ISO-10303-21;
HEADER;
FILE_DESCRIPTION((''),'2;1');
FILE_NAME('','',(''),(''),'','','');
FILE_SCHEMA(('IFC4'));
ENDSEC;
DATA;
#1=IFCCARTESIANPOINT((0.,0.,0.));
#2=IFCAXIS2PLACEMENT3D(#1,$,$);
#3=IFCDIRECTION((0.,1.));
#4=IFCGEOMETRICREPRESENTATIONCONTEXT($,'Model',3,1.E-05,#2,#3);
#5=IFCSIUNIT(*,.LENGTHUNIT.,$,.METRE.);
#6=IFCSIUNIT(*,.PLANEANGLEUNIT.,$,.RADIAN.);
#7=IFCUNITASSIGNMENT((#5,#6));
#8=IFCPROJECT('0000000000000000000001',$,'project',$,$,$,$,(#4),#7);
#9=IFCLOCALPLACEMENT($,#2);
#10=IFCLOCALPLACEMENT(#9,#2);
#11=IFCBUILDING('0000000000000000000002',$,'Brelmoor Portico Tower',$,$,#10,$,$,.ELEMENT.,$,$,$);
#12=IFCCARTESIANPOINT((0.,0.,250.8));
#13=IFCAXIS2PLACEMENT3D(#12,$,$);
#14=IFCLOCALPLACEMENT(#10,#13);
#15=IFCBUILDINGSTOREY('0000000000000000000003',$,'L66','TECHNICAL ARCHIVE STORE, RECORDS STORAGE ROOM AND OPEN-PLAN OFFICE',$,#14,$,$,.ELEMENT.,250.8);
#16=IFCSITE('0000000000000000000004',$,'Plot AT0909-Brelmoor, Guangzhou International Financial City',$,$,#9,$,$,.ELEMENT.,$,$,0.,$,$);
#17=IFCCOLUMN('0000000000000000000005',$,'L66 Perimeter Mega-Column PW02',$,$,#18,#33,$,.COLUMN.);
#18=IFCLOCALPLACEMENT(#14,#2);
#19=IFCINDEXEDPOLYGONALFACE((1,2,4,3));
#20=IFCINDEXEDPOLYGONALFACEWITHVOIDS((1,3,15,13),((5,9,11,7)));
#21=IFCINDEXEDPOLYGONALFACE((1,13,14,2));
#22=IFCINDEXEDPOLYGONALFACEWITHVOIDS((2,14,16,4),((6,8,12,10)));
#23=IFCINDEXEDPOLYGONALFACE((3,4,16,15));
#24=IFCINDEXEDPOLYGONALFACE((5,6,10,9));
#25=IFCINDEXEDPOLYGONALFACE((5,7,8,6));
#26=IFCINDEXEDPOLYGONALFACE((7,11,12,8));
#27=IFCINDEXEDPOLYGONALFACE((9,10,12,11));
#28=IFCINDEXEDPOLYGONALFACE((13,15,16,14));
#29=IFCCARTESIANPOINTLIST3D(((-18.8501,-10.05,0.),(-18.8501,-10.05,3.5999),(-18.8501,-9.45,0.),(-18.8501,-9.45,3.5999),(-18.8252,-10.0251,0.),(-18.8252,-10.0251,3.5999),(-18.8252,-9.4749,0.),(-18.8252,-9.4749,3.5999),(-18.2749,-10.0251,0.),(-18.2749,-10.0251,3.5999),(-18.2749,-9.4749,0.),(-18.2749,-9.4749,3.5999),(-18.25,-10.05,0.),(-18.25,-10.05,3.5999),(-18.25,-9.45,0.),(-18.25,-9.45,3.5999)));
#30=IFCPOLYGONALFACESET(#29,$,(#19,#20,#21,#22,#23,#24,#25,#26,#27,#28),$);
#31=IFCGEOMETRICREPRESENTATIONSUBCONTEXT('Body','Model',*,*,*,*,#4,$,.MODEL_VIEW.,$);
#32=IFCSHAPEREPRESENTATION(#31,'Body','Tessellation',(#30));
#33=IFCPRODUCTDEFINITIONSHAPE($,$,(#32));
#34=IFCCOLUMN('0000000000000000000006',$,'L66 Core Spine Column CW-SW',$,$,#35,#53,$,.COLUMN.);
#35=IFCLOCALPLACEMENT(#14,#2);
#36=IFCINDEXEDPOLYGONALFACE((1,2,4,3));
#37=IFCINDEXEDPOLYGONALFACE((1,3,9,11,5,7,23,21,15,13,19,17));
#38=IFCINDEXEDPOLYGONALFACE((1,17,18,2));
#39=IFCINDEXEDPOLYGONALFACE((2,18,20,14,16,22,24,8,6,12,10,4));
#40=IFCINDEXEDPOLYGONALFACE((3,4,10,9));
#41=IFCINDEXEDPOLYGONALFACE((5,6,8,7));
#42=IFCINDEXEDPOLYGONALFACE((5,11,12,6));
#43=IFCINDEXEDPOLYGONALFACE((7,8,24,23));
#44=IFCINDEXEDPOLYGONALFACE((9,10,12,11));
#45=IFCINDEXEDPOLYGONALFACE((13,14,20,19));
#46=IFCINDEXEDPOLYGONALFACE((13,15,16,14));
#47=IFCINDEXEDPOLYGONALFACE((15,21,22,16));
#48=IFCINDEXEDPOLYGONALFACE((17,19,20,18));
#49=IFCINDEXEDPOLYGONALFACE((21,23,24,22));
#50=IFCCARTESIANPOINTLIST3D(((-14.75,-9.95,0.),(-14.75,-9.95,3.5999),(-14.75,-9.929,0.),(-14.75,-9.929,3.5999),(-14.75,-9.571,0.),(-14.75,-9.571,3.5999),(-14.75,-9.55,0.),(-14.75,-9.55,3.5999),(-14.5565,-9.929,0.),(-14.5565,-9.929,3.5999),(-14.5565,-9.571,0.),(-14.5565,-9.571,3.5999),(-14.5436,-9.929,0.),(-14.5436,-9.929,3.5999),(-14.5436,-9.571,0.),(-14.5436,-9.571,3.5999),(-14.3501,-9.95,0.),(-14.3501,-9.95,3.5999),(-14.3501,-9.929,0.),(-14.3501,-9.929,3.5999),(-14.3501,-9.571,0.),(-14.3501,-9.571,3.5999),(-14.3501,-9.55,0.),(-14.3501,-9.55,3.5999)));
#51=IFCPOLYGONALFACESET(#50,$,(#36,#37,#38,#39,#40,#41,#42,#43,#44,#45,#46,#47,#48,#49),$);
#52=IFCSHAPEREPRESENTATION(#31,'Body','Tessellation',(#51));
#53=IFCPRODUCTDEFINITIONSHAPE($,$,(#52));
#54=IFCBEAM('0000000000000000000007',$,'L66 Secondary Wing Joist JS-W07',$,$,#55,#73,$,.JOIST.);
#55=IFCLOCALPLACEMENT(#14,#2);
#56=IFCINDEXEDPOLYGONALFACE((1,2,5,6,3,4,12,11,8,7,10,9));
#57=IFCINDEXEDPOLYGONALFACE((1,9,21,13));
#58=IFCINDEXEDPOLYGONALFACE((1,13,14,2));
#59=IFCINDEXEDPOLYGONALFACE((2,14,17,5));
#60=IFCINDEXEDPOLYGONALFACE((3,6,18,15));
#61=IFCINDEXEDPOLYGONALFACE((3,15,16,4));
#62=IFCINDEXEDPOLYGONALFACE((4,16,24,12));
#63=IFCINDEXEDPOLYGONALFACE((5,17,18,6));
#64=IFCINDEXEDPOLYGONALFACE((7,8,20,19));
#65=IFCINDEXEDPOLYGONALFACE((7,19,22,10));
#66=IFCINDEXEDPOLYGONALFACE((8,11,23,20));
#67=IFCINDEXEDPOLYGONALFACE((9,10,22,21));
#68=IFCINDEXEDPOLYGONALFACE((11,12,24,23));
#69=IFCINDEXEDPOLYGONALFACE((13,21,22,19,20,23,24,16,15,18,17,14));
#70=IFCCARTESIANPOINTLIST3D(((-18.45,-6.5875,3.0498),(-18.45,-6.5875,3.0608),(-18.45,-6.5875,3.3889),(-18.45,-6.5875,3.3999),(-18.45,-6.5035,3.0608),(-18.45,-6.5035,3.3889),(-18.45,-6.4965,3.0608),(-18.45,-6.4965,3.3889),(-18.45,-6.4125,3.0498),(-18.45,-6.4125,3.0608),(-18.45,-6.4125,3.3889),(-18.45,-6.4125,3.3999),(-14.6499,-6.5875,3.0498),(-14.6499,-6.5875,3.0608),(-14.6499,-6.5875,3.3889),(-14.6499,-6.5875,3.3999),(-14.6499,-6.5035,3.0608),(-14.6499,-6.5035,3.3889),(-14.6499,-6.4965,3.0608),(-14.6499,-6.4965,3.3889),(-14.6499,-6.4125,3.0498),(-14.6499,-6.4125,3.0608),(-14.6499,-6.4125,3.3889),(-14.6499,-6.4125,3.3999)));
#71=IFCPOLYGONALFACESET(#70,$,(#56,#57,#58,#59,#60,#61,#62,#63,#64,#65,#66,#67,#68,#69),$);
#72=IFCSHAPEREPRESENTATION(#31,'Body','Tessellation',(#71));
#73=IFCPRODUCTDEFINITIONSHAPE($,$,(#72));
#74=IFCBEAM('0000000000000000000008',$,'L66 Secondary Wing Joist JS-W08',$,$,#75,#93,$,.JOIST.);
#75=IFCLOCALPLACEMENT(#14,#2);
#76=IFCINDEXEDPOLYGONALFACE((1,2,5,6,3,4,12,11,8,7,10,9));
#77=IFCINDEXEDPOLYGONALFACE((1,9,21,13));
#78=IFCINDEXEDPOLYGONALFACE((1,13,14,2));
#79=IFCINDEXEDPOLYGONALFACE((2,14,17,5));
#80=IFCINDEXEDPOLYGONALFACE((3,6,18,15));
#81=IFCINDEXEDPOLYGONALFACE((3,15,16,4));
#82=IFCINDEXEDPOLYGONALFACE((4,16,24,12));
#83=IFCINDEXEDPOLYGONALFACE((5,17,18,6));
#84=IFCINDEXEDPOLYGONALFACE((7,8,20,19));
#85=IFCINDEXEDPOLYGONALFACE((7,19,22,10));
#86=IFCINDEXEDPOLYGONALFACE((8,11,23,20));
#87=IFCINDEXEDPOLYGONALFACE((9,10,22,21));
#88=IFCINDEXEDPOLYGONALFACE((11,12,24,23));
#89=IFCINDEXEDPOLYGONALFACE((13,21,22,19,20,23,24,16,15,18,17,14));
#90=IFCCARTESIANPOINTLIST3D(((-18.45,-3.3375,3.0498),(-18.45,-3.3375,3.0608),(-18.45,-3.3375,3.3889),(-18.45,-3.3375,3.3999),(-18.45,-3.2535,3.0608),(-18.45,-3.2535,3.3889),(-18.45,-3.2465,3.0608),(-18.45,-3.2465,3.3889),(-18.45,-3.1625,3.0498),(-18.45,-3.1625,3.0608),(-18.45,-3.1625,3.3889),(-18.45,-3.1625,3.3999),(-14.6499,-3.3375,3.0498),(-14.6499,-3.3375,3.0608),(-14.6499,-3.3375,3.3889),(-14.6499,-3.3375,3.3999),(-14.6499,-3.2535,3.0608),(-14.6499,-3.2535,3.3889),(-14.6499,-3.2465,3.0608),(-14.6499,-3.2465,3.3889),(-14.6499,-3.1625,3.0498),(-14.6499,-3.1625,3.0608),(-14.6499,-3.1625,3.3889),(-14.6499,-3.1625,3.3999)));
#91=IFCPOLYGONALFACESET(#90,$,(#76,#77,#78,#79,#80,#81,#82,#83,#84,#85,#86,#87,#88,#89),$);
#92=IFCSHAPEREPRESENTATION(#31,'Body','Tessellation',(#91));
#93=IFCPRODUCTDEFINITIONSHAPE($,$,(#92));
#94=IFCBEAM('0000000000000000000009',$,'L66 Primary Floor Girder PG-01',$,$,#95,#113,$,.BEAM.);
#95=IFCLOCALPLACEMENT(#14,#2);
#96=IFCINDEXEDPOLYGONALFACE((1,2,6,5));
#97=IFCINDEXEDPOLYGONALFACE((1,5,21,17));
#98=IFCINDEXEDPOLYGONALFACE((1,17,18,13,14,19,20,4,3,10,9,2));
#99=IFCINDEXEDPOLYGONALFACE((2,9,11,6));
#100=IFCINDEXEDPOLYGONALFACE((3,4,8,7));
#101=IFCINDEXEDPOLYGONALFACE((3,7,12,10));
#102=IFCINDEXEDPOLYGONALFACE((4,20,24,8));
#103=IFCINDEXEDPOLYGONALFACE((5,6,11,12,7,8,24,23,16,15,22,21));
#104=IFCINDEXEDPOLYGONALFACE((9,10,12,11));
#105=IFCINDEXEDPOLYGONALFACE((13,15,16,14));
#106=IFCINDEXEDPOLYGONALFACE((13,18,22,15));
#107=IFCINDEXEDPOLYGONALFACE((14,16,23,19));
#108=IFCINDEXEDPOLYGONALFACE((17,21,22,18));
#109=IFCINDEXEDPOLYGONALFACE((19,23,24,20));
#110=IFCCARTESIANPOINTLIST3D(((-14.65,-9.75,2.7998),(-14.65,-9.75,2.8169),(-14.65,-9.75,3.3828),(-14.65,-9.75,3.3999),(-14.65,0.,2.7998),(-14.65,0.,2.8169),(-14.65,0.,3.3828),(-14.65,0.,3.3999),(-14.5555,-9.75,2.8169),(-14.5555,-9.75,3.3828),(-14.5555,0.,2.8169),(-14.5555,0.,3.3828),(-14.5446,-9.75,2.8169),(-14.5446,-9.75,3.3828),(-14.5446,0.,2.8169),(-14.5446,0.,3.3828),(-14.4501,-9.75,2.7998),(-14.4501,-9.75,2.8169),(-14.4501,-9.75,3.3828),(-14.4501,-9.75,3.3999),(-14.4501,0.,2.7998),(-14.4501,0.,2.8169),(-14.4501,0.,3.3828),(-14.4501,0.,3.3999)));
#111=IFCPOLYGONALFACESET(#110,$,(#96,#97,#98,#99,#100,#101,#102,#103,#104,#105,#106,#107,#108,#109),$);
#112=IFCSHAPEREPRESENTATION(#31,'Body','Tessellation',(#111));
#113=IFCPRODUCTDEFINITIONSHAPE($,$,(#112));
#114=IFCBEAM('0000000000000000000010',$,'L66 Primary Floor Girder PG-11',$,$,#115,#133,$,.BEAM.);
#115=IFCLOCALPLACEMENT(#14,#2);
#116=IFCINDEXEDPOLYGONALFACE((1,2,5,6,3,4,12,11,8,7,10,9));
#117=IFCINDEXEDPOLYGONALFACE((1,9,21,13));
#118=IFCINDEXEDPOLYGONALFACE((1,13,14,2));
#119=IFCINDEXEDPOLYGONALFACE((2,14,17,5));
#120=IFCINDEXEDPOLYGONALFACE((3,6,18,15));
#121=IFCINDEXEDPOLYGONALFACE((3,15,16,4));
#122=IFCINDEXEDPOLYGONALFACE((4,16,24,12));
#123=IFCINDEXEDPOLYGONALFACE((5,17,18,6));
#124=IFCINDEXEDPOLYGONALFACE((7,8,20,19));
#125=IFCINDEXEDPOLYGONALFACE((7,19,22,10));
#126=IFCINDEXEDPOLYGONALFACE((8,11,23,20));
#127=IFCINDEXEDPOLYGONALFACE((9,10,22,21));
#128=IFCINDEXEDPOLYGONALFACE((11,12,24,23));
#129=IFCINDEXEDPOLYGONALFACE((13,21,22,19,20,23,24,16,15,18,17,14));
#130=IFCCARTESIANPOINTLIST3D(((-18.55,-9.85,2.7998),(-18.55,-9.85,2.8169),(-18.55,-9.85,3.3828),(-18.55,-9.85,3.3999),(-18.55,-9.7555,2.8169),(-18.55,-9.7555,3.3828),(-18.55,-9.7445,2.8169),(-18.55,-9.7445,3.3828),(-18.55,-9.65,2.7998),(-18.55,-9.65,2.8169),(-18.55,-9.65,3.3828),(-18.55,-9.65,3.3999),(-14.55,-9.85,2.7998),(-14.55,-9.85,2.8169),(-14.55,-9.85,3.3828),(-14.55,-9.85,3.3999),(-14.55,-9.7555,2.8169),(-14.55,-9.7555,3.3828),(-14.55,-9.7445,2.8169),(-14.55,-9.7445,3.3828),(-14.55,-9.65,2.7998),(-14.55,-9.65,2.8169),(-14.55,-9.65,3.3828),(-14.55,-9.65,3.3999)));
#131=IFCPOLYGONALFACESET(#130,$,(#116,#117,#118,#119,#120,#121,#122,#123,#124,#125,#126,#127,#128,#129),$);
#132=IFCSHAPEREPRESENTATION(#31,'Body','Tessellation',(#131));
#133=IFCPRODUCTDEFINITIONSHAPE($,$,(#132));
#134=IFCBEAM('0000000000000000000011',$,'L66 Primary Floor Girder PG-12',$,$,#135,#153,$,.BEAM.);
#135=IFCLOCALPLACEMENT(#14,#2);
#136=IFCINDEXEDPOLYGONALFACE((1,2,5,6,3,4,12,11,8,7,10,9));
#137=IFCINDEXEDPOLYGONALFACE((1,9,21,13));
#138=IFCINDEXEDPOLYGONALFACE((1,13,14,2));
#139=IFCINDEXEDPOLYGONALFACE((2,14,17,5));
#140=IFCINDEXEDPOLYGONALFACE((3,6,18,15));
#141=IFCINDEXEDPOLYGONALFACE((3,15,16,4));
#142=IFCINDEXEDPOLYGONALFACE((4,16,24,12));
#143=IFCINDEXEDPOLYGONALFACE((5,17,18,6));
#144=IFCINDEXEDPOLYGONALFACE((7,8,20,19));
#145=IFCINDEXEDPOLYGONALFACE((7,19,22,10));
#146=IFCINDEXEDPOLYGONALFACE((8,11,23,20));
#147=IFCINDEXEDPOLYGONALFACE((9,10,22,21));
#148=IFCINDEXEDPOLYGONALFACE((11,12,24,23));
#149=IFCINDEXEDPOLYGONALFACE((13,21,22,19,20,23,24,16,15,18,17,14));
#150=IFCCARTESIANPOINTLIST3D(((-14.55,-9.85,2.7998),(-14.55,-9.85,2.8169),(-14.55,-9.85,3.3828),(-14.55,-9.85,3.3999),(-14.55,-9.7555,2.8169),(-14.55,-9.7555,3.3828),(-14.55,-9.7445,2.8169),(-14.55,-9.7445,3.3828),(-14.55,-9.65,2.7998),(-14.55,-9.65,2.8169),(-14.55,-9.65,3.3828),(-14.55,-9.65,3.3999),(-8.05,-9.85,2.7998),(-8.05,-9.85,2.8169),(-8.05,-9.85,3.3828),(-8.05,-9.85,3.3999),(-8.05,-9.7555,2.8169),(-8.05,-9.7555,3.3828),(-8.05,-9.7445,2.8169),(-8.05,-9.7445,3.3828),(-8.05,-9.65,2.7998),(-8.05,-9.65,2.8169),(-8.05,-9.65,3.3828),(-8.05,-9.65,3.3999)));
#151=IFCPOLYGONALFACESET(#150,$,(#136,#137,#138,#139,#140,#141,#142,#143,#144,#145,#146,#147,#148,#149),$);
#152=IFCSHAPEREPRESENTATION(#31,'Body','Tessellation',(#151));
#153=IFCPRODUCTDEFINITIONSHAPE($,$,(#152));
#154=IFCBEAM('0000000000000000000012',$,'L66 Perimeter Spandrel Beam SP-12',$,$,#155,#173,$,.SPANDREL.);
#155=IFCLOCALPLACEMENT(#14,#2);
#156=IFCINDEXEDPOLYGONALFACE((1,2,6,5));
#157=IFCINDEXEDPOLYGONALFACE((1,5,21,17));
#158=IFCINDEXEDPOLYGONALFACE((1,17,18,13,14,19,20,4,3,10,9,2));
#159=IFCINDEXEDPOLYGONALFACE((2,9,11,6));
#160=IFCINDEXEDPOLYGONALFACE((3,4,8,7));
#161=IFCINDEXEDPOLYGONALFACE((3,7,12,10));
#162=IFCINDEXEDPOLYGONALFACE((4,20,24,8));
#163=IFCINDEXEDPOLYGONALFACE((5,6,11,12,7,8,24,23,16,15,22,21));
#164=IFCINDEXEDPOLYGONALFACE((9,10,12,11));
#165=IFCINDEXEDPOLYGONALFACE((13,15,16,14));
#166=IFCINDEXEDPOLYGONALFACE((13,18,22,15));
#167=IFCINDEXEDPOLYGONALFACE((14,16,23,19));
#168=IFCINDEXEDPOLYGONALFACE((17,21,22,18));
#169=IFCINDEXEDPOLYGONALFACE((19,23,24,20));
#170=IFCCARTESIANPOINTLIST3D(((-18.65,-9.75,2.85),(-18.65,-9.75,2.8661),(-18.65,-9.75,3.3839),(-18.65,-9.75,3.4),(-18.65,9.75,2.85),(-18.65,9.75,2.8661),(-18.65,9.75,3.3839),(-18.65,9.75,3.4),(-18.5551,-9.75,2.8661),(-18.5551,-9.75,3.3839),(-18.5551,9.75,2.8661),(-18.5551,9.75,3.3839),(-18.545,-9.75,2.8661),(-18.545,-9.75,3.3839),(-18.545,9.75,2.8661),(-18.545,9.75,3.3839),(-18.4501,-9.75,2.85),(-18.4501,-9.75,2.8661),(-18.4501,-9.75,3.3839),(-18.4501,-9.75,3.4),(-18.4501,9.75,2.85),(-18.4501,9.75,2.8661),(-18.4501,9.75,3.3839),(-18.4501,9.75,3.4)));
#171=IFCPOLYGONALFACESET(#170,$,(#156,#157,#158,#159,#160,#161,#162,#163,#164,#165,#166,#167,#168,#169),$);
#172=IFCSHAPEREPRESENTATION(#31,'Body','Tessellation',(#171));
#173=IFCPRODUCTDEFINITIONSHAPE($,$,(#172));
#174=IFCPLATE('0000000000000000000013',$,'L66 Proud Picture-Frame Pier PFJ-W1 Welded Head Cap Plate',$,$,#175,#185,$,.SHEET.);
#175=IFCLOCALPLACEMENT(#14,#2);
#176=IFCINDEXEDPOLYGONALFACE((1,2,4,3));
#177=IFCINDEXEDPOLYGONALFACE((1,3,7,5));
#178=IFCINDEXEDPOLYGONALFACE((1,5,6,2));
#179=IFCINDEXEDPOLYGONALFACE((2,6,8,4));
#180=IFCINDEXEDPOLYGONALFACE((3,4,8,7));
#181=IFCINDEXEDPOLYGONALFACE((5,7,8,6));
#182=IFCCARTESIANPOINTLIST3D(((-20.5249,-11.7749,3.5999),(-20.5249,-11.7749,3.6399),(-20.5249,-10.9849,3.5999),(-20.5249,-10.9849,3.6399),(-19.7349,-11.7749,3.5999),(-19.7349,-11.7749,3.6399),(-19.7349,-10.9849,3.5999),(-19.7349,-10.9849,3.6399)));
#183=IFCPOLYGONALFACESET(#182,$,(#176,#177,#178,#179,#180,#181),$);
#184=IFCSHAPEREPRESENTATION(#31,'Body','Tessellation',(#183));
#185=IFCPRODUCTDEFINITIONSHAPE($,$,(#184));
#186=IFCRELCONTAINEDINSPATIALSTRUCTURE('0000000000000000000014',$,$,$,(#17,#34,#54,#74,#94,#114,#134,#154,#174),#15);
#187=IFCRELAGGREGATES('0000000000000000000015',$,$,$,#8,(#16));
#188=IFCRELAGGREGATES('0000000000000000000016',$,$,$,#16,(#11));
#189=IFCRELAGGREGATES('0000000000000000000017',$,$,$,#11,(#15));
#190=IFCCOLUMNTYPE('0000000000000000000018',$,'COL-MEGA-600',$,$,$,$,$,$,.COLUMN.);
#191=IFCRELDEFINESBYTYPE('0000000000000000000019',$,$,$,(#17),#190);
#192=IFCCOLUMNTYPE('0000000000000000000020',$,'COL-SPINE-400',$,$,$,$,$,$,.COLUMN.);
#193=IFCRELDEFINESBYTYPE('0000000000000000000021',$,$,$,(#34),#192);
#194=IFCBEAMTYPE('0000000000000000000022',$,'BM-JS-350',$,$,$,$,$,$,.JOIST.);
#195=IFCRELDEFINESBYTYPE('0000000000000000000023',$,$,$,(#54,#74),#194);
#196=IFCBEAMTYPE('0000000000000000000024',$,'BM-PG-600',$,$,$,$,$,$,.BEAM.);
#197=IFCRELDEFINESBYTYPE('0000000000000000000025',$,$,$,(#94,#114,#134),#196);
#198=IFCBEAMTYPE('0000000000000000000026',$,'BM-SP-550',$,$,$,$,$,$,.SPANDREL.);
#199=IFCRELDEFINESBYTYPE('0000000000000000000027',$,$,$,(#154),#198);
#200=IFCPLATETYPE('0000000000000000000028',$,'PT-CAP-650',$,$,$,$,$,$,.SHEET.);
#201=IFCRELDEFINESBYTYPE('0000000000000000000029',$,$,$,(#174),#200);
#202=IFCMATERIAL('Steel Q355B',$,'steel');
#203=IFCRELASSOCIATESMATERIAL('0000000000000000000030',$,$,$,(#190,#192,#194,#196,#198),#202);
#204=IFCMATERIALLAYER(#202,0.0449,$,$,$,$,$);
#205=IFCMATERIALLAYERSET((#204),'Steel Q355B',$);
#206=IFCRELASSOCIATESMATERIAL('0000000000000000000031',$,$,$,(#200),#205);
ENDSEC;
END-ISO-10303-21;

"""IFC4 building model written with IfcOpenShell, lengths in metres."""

from ifc_helpers import new_model, si_unit, direction, frame, origin, origin_2d, place, context, subcontext, project, spatial, rectangle, hollow_rectangle, i_section, extrude, material, layer, layer_set, material_profile, profile_set, type_object, element, save


model = new_model("IFC4")

# Units and contexts
model_context = context("Model", 3, precision=1e-05, world=origin(), true_north=direction((0.0, 1.0)))
body_context = subcontext(model_context, "Body", "Model", "MODEL_VIEW")
ifc_project = project(units=[si_unit("LENGTHUNIT", "METRE"), si_unit("PLANEANGLEUNIT", "RADIAN")], contexts=[model_context])

# Site, building, storey
site_placement = place(None, origin())
site = spatial("IfcSite", under=ifc_project, at=site_placement, Name="Plot AT0909-Brelmoor, Guangzhou International Financial City", CompositionType="ELEMENT", RefElevation=0.0)
building_placement = place(site_placement, origin())
building = spatial("IfcBuilding", under=site, at=building_placement, Name="Brelmoor Portico Tower", CompositionType="ELEMENT")
storey_placement = place(building_placement, frame((0.0, 0.0, 250.8)))
storey = spatial("IfcBuildingStorey", under=building, at=storey_placement, Name="L66", Description="TECHNICAL ARCHIVE STORE, RECORDS STORAGE ROOM AND OPEN-PLAN OFFICE", CompositionType="ELEMENT", Elevation=250.8)

# Columns
ifc_material_1 = material(Name="Steel Q355B", Category="steel")
ifc_material_profile_1 = material_profile(ifc_material_1, hollow_rectangle(XDim=0.6001, YDim=0.6001, WallThickness=0.0249, at=origin_2d()), Name="BOX 600x600x25")
ifc_profile_set_1 = profile_set([ifc_material_profile_1], Name="Steel Q355B")
column_type_1 = type_object("IfcColumnType", Name="COL-MEGA-600", PredefinedType="COLUMN", material=ifc_profile_set_1)
column_1_placement = place(storey_placement, frame((-18.55, -9.75, 0.0), z_axis=(0.0, 0.0, 1.0), x_axis=(0.0, 1.0, 0.0)))
element("IfcColumn", 1, at=column_1_placement, inside=storey, type_object=column_type_1, Name="L66 Perimeter Mega-Column PW02", PredefinedType="COLUMN", context=body_context, shape_type="SweptSolid", body=[
    extrude(hollow_rectangle(XDim=0.6001, YDim=0.6001, WallThickness=0.0249, at=origin_2d()), origin(), (0.0, 0.0, 1.0), 3.5999),
])
ifc_material_profile_2 = material_profile(ifc_material_1, i_section(OverallWidth=0.3999, OverallDepth=0.3999, WebThickness=0.0129, FlangeThickness=0.021, at=origin_2d()), Name="HW 400x400x13x21")
ifc_profile_set_2 = profile_set([ifc_material_profile_2], Name="Steel Q355B")
column_type_2 = type_object("IfcColumnType", Name="COL-SPINE-400", PredefinedType="COLUMN", material=ifc_profile_set_2)
column_2_placement = place(storey_placement, frame((-14.55, -9.75, 0.0), z_axis=(0.0, 0.0, 1.0), x_axis=(1.0, 0.0, 0.0)))
element("IfcColumn", 2, at=column_2_placement, inside=storey, type_object=column_type_2, Name="L66 Core Spine Column CW-SW", PredefinedType="COLUMN", context=body_context, shape_type="SweptSolid", body=[
    extrude(i_section(OverallWidth=0.3999, OverallDepth=0.3999, WebThickness=0.0129, FlangeThickness=0.021, at=origin_2d()), origin(), (0.0, 0.0, 1.0), 3.5999),
])

# Beams
ifc_material_profile_3 = material_profile(ifc_material_1, i_section(OverallWidth=0.175, OverallDepth=0.3501, WebThickness=0.0071, FlangeThickness=0.011, at=origin_2d()), Name="HN 350x175x7x11")
ifc_profile_set_3 = profile_set([ifc_material_profile_3], Name="Steel Q355B")
beam_type_1 = type_object("IfcBeamType", Name="BM-JS-350", PredefinedType="JOIST", material=ifc_profile_set_3)
for number, where, z_axis, x_axis, name in (
    (3, (-18.45, -6.5, 3.2249), (1.0, 0.0, 0.0), (0.0, 1.0, 0.0), "L66 Secondary Wing Joist JS-W07"),
    (4, (-18.45, -3.25, 3.2249), (1.0, 0.0, 0.0), (0.0, 1.0, 0.0), "L66 Secondary Wing Joist JS-W08"),
):
    element("IfcBeam", number, at=place(storey_placement, frame(where, z_axis=z_axis, x_axis=x_axis)), inside=storey, type_object=beam_type_1, Name=name, PredefinedType="JOIST", context=body_context, shape_type="SweptSolid", body=[
        extrude(i_section(OverallWidth=0.175, OverallDepth=0.3501, WebThickness=0.0071, FlangeThickness=0.011, at=origin_2d()), origin(), (0.0, 0.0, 1.0), 3.8),
    ])
ifc_material_profile_4 = material_profile(ifc_material_1, i_section(OverallWidth=0.2, OverallDepth=0.6001, WebThickness=0.011, FlangeThickness=0.0171, at=origin_2d()), Name="HN 600x200x11x17")
ifc_profile_set_4 = profile_set([ifc_material_profile_4], Name="Steel Q355B")
beam_type_2 = type_object("IfcBeamType", Name="BM-PG-600", PredefinedType="BEAM", material=ifc_profile_set_4)
beam_1_placement = place(storey_placement, frame((-14.55, -9.75, 3.0999), z_axis=(0.0, 1.0, 0.0), x_axis=(-1.0, 0.0, 0.0)))
element("IfcBeam", 5, at=beam_1_placement, inside=storey, type_object=beam_type_2, Name="L66 Primary Floor Girder PG-01", PredefinedType="BEAM", context=body_context, shape_type="SweptSolid", body=[
    extrude(i_section(OverallWidth=0.2, OverallDepth=0.6001, WebThickness=0.011, FlangeThickness=0.0171, at=origin_2d()), origin(), (0.0, 0.0, 1.0), 9.75),
])
beam_2_placement = place(storey_placement, frame((-18.55, -9.75, 3.0999), z_axis=(1.0, 0.0, 0.0), x_axis=(0.0, 1.0, 0.0)))
element("IfcBeam", 6, at=beam_2_placement, inside=storey, type_object=beam_type_2, Name="L66 Primary Floor Girder PG-11", PredefinedType="BEAM", context=body_context, shape_type="SweptSolid", body=[
    extrude(i_section(OverallWidth=0.2, OverallDepth=0.6001, WebThickness=0.011, FlangeThickness=0.0171, at=origin_2d()), origin(), (0.0, 0.0, 1.0), 4.0),
])
beam_3_placement = place(storey_placement, frame((-14.55, -9.75, 3.0999), z_axis=(1.0, 0.0, 0.0), x_axis=(0.0, 1.0, 0.0)))
element("IfcBeam", 7, at=beam_3_placement, inside=storey, type_object=beam_type_2, Name="L66 Primary Floor Girder PG-12", PredefinedType="BEAM", context=body_context, shape_type="SweptSolid", body=[
    extrude(i_section(OverallWidth=0.2, OverallDepth=0.6001, WebThickness=0.011, FlangeThickness=0.0171, at=origin_2d()), origin(), (0.0, 0.0, 1.0), 6.5),
])
ifc_material_profile_5 = material_profile(ifc_material_1, i_section(OverallWidth=0.2, OverallDepth=0.55, WebThickness=0.01, FlangeThickness=0.0161, at=origin_2d()), Name="HN 550x200x10x16")
ifc_profile_set_5 = profile_set([ifc_material_profile_5], Name="Steel Q355B")
beam_type_3 = type_object("IfcBeamType", Name="BM-SP-550", PredefinedType="SPANDREL", material=ifc_profile_set_5)
beam_4_placement = place(storey_placement, frame((-18.55, -9.75, 3.125), z_axis=(0.0, 1.0, 0.0), x_axis=(-1.0, 0.0, 0.0)))
element("IfcBeam", 8, at=beam_4_placement, inside=storey, type_object=beam_type_3, Name="L66 Perimeter Spandrel Beam SP-12", PredefinedType="SPANDREL", context=body_context, shape_type="SweptSolid", body=[
    extrude(i_section(OverallWidth=0.2, OverallDepth=0.55, WebThickness=0.01, FlangeThickness=0.0161, at=origin_2d()), origin(), (0.0, 0.0, 1.0), 19.5),
])

# Plate
ifc_layer_1 = layer(ifc_material_1, 0.0449)
ifc_layer_set_1 = layer_set([ifc_layer_1], Name="Steel Q355B")
plate_type_1 = type_object("IfcPlateType", Name="PT-CAP-650", PredefinedType="SHEET", material=ifc_layer_set_1)
plate_1_placement = place(storey_placement, frame((-20.1299, -11.3799, 3.5999), z_axis=(0.0, 0.0, 1.0), x_axis=(0.0, 1.0, 0.0)))
element("IfcPlate", 9, at=plate_1_placement, inside=storey, type_object=plate_type_1, Name="L66 Proud Picture-Frame Pier PFJ-W1 Welded Head Cap Plate", PredefinedType="SHEET", context=body_context, shape_type="SweptSolid", body=[
    extrude(rectangle(XDim=0.79, YDim=0.79, at=origin_2d()), origin(), (0.0, 0.0, 1.0), 0.04),
])

save(model, "model.ifc")
